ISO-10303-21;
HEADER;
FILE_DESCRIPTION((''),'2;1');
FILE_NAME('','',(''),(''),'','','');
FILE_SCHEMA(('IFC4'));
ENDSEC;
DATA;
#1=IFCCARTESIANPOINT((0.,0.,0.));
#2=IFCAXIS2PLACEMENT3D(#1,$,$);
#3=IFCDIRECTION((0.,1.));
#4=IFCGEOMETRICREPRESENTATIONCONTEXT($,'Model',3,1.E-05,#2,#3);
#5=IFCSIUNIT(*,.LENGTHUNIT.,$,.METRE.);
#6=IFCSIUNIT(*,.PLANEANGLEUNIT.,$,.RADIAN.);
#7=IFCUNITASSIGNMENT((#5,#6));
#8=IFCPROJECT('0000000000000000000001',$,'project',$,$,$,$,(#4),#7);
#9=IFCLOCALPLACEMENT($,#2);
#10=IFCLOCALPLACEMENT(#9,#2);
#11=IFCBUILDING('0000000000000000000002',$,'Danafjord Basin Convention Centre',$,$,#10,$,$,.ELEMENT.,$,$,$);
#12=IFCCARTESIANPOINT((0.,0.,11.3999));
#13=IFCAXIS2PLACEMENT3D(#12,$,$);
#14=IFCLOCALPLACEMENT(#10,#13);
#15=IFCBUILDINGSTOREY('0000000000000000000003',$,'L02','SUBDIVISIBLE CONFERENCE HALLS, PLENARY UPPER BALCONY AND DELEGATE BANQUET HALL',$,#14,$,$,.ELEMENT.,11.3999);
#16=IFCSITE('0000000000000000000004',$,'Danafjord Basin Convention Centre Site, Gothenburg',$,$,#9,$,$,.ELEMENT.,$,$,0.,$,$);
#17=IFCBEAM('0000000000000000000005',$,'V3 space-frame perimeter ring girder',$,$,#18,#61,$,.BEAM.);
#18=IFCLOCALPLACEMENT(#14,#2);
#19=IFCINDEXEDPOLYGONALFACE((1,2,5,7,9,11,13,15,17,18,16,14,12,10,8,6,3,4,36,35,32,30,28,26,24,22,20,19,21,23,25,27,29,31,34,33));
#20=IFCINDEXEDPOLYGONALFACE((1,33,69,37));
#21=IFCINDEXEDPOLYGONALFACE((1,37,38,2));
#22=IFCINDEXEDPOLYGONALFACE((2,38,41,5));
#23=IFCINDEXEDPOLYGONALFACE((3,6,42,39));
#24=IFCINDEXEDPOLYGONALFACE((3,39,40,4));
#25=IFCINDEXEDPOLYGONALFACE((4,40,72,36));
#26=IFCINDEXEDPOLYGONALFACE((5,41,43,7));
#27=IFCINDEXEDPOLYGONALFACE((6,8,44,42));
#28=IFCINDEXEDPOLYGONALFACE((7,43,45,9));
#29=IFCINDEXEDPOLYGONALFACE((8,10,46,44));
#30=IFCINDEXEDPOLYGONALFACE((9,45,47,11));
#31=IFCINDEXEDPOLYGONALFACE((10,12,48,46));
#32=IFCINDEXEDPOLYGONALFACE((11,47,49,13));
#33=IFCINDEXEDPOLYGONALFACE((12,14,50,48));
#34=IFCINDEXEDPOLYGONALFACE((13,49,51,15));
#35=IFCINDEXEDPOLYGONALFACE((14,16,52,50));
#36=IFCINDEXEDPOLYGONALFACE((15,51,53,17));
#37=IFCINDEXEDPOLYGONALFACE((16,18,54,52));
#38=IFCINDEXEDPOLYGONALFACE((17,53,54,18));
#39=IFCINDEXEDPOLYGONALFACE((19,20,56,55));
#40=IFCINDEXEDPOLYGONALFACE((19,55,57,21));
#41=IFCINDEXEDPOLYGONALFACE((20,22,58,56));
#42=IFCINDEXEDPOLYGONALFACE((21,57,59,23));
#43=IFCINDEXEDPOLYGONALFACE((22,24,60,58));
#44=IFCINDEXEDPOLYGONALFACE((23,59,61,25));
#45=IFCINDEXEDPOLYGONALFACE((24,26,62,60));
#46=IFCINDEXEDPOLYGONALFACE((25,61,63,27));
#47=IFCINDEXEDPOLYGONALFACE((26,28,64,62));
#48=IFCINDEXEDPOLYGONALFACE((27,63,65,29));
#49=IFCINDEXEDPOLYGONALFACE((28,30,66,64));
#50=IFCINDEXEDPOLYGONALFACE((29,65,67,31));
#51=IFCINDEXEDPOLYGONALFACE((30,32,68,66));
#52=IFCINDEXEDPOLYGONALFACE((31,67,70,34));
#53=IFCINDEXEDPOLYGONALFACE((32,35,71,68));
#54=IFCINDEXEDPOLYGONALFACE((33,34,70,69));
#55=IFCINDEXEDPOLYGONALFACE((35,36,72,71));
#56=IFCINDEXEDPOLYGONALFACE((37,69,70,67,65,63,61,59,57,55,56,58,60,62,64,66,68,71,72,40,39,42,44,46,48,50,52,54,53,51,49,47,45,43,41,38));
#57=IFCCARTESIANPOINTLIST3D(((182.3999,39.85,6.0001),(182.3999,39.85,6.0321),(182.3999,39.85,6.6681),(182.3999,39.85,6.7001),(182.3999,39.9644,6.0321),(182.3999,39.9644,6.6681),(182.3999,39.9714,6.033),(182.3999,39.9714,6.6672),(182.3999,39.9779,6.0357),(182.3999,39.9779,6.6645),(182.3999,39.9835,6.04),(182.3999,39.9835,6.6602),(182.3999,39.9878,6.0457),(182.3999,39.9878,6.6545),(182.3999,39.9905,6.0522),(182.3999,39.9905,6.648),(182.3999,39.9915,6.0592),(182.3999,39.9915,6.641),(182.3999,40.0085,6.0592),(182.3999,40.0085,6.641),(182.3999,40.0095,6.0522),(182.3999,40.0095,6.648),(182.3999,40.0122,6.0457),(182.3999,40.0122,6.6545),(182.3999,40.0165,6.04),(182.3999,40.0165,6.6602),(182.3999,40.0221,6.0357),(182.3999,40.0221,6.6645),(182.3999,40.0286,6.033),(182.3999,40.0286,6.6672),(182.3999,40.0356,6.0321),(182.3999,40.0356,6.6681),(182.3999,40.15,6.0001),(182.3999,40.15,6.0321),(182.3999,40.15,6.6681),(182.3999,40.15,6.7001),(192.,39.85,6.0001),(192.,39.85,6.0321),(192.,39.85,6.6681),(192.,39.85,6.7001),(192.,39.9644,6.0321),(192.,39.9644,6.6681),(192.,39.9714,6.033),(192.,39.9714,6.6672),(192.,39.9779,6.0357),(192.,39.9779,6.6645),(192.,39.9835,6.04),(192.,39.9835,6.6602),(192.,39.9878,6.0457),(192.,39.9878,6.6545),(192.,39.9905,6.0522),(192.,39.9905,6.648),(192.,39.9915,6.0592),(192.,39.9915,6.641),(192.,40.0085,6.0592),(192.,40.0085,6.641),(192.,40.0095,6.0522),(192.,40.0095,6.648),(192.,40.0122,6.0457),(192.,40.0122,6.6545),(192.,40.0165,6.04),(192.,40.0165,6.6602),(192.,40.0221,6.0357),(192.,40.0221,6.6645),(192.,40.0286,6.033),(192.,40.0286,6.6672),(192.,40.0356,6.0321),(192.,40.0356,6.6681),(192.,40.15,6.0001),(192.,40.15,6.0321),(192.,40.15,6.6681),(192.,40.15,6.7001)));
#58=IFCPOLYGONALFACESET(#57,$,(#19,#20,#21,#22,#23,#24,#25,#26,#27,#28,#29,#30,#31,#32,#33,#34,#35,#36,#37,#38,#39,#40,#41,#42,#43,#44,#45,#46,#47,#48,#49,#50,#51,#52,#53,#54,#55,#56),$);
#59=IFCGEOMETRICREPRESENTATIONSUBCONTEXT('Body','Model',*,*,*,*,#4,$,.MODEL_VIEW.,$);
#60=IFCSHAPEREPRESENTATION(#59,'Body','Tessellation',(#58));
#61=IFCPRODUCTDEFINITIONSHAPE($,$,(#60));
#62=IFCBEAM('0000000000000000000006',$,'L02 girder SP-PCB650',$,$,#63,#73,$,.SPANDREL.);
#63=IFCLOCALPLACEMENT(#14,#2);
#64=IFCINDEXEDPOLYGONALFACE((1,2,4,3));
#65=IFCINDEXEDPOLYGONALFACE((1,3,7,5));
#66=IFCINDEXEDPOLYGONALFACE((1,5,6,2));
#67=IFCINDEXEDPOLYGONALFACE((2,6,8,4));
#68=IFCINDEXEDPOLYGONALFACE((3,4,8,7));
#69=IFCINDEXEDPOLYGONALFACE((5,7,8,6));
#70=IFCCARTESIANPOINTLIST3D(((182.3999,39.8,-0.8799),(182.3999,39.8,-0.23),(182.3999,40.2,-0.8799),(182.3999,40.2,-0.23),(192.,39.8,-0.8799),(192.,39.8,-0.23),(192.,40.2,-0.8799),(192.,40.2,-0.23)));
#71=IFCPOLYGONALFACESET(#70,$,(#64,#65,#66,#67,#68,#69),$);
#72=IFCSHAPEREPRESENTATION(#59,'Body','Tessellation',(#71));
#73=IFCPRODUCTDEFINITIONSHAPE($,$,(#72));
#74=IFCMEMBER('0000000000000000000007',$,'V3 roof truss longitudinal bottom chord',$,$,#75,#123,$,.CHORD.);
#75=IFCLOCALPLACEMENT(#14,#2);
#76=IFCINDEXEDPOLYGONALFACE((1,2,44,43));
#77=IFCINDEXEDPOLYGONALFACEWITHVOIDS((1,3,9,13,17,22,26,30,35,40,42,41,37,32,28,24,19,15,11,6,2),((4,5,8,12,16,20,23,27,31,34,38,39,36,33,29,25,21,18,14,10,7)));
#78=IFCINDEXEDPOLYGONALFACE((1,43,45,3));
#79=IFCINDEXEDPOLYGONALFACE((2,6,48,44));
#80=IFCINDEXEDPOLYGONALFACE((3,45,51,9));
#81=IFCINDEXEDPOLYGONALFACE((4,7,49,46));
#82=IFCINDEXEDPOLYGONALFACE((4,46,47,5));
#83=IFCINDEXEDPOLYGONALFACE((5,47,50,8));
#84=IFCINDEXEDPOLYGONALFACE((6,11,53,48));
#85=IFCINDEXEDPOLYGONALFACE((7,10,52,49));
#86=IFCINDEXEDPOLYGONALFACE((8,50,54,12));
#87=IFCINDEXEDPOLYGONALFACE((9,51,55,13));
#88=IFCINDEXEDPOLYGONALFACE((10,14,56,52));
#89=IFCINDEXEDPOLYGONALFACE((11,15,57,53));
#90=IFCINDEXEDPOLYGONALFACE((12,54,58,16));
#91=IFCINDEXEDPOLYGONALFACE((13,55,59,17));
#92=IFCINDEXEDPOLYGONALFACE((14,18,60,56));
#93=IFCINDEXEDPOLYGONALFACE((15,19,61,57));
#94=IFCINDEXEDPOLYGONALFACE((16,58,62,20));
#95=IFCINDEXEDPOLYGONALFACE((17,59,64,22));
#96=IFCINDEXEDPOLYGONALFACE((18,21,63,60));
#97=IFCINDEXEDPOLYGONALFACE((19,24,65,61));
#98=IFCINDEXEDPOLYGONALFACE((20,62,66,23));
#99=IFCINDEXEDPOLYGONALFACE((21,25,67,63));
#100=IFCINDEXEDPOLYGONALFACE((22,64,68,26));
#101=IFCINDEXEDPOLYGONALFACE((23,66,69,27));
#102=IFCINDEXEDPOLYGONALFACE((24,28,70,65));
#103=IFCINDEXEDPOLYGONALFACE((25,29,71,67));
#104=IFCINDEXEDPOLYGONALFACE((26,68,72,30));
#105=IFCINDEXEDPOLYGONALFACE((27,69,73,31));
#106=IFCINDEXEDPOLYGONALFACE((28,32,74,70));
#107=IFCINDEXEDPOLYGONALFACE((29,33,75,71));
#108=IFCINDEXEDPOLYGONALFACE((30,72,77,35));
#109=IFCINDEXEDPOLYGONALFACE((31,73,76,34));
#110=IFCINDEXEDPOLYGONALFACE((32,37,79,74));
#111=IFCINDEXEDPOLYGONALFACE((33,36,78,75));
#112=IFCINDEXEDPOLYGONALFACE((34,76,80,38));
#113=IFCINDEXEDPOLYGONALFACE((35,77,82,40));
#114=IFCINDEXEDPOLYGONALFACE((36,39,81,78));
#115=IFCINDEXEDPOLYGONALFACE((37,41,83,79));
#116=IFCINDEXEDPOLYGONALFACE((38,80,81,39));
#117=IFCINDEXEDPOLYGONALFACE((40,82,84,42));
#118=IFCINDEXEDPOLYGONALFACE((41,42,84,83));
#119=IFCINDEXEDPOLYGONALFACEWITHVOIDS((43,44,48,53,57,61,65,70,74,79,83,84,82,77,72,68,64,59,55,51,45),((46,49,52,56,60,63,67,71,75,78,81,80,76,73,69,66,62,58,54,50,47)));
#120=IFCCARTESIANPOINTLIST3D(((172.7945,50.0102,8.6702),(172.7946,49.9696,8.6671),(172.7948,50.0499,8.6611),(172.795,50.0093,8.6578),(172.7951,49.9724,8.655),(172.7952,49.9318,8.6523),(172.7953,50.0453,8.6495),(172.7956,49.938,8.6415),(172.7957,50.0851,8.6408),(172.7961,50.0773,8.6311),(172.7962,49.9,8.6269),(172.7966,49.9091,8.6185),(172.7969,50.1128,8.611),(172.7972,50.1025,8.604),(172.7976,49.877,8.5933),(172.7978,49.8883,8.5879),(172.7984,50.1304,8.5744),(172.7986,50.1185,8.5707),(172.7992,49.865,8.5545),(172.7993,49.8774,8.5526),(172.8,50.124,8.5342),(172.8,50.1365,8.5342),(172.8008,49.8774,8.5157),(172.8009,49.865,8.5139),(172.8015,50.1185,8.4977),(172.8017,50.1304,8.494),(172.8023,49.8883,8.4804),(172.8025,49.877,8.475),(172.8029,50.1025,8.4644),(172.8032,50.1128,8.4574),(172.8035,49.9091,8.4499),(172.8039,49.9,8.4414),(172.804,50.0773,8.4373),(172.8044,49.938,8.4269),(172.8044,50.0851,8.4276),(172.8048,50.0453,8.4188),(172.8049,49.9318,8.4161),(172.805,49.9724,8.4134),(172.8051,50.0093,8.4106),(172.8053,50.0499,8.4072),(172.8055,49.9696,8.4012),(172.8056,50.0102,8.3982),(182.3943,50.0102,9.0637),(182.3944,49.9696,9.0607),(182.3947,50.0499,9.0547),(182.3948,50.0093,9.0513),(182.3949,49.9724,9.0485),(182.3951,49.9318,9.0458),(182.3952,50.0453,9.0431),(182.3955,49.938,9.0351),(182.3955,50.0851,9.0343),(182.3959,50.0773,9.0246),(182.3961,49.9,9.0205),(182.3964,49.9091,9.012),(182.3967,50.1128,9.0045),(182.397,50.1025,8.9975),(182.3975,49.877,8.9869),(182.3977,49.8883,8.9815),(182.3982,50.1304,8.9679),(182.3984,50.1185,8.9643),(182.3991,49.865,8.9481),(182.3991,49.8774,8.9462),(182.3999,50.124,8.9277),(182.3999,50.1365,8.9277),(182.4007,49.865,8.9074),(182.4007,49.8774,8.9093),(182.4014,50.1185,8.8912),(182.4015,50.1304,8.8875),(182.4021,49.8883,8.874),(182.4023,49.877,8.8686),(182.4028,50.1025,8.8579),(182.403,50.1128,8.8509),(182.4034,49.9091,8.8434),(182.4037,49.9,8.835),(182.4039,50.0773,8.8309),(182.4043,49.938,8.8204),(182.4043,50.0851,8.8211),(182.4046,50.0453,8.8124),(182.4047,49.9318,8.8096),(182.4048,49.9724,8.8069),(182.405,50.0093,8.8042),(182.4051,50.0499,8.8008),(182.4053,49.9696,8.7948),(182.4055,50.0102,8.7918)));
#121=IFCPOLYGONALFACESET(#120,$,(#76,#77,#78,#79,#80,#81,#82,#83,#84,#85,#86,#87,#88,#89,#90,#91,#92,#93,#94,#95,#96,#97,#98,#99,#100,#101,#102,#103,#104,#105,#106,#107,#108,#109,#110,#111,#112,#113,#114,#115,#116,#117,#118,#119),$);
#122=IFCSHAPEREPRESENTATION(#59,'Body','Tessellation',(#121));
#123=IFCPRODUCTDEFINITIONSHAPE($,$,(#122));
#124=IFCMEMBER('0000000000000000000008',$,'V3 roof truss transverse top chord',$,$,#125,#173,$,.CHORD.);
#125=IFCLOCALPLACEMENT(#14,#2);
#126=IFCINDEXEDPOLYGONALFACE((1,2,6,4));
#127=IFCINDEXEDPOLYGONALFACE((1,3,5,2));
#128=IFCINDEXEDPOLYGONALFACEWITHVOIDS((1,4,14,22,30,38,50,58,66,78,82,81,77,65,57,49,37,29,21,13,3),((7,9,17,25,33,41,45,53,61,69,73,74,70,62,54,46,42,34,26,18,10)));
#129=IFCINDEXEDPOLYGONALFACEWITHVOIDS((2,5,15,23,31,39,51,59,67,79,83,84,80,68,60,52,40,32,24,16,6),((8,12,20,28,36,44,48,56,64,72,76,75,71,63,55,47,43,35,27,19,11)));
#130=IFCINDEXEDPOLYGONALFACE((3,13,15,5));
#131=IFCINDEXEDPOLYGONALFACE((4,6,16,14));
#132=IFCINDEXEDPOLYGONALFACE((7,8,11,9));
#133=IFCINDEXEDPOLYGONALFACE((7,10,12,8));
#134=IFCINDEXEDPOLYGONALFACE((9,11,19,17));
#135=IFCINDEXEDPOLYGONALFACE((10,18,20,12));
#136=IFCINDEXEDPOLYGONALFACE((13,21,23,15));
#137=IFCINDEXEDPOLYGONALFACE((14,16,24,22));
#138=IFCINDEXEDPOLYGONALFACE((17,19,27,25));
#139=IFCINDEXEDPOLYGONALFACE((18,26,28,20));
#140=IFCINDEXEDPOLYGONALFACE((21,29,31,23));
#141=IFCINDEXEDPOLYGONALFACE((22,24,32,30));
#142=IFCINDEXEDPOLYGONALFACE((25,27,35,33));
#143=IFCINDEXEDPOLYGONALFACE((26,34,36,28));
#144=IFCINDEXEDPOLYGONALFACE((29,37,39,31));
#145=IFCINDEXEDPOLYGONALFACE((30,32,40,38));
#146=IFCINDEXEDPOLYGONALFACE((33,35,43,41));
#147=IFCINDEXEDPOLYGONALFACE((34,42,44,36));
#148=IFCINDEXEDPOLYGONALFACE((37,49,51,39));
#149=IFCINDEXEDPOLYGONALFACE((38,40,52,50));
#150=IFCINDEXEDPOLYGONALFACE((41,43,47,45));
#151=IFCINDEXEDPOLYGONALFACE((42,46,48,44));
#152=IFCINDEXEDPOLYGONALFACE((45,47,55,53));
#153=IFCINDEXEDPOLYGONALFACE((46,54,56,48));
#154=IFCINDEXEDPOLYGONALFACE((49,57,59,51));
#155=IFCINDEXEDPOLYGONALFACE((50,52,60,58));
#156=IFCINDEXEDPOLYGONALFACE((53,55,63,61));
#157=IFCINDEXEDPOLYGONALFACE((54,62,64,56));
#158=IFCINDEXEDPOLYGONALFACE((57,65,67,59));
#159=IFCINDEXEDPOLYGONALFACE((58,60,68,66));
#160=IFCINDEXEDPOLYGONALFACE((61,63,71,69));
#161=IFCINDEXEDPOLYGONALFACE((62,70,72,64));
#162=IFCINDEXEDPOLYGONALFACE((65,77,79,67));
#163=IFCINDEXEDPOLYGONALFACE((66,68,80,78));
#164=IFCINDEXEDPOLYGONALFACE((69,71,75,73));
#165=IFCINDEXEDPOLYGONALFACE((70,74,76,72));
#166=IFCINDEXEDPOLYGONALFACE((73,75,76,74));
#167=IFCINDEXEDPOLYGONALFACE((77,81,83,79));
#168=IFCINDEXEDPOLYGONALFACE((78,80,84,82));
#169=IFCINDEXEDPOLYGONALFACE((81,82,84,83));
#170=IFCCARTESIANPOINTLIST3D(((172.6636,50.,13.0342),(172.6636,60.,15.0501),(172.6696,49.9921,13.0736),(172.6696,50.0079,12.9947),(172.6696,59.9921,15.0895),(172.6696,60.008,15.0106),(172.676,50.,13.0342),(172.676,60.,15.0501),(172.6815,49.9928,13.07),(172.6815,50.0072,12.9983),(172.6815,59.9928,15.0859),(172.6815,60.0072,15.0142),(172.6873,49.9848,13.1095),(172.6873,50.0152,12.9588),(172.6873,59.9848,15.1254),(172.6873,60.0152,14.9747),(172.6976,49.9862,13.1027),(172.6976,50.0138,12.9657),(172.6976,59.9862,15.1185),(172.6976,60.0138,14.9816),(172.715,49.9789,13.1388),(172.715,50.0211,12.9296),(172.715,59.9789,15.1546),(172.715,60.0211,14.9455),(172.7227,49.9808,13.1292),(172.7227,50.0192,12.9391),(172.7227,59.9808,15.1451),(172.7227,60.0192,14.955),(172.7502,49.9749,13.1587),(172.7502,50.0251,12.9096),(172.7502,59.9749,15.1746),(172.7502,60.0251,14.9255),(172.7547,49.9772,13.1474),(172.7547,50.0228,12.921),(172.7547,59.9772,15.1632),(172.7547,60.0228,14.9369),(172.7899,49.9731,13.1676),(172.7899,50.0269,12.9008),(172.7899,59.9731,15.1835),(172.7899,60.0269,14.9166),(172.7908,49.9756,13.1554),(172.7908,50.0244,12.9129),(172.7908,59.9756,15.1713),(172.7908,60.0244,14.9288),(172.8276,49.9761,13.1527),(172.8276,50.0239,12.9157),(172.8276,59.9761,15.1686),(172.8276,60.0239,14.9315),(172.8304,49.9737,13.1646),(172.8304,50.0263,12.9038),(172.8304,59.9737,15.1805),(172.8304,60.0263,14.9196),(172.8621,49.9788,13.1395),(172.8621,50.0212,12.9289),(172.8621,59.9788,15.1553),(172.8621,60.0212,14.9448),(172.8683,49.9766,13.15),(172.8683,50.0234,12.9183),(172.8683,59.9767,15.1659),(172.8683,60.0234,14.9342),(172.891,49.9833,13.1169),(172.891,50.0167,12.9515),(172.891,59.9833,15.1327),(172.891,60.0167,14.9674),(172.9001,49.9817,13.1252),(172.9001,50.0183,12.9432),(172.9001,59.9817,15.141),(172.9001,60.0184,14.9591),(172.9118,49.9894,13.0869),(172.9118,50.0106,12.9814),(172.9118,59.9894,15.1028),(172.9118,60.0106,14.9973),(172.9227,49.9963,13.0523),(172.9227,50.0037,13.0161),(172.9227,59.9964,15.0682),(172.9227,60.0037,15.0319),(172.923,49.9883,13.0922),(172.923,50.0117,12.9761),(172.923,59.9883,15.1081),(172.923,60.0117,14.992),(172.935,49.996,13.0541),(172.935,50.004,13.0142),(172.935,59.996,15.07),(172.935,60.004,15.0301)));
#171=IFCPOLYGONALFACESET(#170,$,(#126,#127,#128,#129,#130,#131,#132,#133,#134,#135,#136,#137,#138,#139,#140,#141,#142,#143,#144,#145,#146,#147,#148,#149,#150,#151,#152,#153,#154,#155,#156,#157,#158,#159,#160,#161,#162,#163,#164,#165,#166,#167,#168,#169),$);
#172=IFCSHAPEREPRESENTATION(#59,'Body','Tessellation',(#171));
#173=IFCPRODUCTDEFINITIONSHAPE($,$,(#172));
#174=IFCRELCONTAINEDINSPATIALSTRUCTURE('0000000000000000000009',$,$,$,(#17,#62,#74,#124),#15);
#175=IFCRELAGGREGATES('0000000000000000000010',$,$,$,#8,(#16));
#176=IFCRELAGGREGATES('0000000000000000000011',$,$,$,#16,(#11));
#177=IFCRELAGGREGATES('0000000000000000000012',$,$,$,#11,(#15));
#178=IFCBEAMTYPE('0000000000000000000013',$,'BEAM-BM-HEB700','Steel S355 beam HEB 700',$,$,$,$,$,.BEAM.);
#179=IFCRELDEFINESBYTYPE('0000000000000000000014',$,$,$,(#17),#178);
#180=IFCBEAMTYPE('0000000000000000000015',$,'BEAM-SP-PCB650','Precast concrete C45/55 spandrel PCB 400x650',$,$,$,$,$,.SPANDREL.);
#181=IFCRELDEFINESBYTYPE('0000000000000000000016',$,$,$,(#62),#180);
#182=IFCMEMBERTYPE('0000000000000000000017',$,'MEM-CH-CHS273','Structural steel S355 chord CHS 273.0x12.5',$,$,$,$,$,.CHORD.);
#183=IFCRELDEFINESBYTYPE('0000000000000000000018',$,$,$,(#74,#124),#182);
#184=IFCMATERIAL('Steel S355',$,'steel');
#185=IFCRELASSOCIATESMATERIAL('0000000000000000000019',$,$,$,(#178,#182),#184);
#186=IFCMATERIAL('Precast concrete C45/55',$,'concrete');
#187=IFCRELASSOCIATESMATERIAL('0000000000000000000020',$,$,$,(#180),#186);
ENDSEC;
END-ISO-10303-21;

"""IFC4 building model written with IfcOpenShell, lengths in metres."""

from ifc_helpers import new_model, si_unit, direction, frame, origin, origin_2d, place, context, subcontext, project, spatial, rectangle, hollow_circle, i_section, extrude, material, material_profile, profile_set, type_object, element, save


model = new_model("IFC4")

# Units and contexts
model_context = context("Model", 3, precision=1e-05, world=origin(), true_north=direction((0.0, 1.0)))
body_context = subcontext(model_context, "Body", "Model", "MODEL_VIEW")
ifc_project = project(units=[si_unit("LENGTHUNIT", "METRE"), si_unit("PLANEANGLEUNIT", "RADIAN")], contexts=[model_context])

# Site, building, storey
site_placement = place(None, origin())
site = spatial("IfcSite", under=ifc_project, at=site_placement, Name="Danafjord Basin Convention Centre Site, Gothenburg", CompositionType="ELEMENT", RefElevation=0.0)
building_placement = place(site_placement, origin())
building = spatial("IfcBuilding", under=site, at=building_placement, Name="Danafjord Basin Convention Centre", CompositionType="ELEMENT")
storey_placement = place(building_placement, frame((0.0, 0.0, 11.3999)))
storey = spatial("IfcBuildingStorey", under=building, at=storey_placement, Name="L02", Description="SUBDIVISIBLE CONFERENCE HALLS, PLENARY UPPER BALCONY AND DELEGATE BANQUET HALL", CompositionType="ELEMENT", Elevation=11.3999)

# Beams
ifc_material_1 = material(Name="Steel S355", Category="steel")
ifc_material_profile_1 = material_profile(ifc_material_1, i_section(OverallWidth=0.3, OverallDepth=0.7, WebThickness=0.0171, FlangeThickness=0.032, FilletRadius=0.0271, at=origin_2d()), Name="HEB 700")
ifc_profile_set_1 = profile_set([ifc_material_profile_1], Name="Steel S355")
beam_type_1 = type_object("IfcBeamType", Name="BEAM-BM-HEB700", Description="Steel S355 beam HEB 700", PredefinedType="BEAM", material=ifc_profile_set_1)
beam_1_placement = place(storey_placement, frame((182.3999, 40.0, 6.3501), z_axis=(1.0, 0.0, 0.0), x_axis=(0.0, 1.0, 0.0)))
element("IfcBeam", 1, at=beam_1_placement, inside=storey, type_object=beam_type_1, Name="V3 space-frame perimeter ring girder", PredefinedType="BEAM", context=body_context, shape_type="SweptSolid", body=[
    extrude(i_section(OverallWidth=0.3, OverallDepth=0.7, WebThickness=0.0171, FlangeThickness=0.032, FilletRadius=0.0271, at=origin_2d()), origin(), (0.0, 0.0, 1.0), 9.6001),
])
ifc_material_2 = material(Name="Precast concrete C45/55", Category="concrete")
ifc_material_profile_2 = material_profile(ifc_material_2, rectangle(XDim=0.3999, YDim=0.6499, at=origin_2d()), Name="PCB 400x650")
ifc_profile_set_2 = profile_set([ifc_material_profile_2], Name="Precast concrete C45/55")
beam_type_2 = type_object("IfcBeamType", Name="BEAM-SP-PCB650", Description="Precast concrete C45/55 spandrel PCB 400x650", PredefinedType="SPANDREL", material=ifc_profile_set_2)
beam_2_placement = place(storey_placement, frame((182.3999, 40.0, -0.5549), z_axis=(1.0, 0.0, 0.0), x_axis=(0.0, 1.0, 0.0)))
element("IfcBeam", 2, at=beam_2_placement, inside=storey, type_object=beam_type_2, Name="L02 girder SP-PCB650", PredefinedType="SPANDREL", context=body_context, shape_type="SweptSolid", body=[
    extrude(rectangle(XDim=0.3999, YDim=0.6499, at=origin_2d()), origin(), (0.0, 0.0, 1.0), 9.6001),
])

# Members
ifc_material_profile_3 = material_profile(ifc_material_1, hollow_circle(Radius=0.1365, WallThickness=0.0125, at=origin_2d()), Name="CHS 273.0x12.5")
ifc_profile_set_3 = profile_set([ifc_material_profile_3], Name="Steel S355")
member_type_1 = type_object("IfcMemberType", Name="MEM-CH-CHS273", Description="Structural steel S355 chord CHS 273.0x12.5", PredefinedType="CHORD", material=ifc_profile_set_3)
member_1_placement = place(storey_placement, frame((172.8, 50.0, 8.5342), z_axis=(0.999161, 0.0, 0.040961), x_axis=(0.0, 1.0, 0.0)))
element("IfcMember", 3, at=member_1_placement, inside=storey, type_object=member_type_1, Name="V3 roof truss longitudinal bottom chord", PredefinedType="CHORD", context=body_context, shape_type="SweptSolid", body=[
    extrude(hollow_circle(Radius=0.1365, WallThickness=0.0125, at=origin_2d()), origin(), (0.0, 0.0, 1.0), 9.6079),
])
member_2_placement = place(storey_placement, frame((172.8, 50.0, 13.0342), z_axis=(0.0, 0.98028, 0.197612), x_axis=(-1.0, 0.0, 0.0)))
element("IfcMember", 4, at=member_2_placement, inside=storey, type_object=member_type_1, Name="V3 roof truss transverse top chord", PredefinedType="CHORD", context=body_context, shape_type="SweptSolid", body=[
    extrude(hollow_circle(Radius=0.1365, WallThickness=0.0125, at=origin_2d()), origin(), (0.0, 0.0, 1.0), 10.2012),
])

save(model, "model.ifc")
